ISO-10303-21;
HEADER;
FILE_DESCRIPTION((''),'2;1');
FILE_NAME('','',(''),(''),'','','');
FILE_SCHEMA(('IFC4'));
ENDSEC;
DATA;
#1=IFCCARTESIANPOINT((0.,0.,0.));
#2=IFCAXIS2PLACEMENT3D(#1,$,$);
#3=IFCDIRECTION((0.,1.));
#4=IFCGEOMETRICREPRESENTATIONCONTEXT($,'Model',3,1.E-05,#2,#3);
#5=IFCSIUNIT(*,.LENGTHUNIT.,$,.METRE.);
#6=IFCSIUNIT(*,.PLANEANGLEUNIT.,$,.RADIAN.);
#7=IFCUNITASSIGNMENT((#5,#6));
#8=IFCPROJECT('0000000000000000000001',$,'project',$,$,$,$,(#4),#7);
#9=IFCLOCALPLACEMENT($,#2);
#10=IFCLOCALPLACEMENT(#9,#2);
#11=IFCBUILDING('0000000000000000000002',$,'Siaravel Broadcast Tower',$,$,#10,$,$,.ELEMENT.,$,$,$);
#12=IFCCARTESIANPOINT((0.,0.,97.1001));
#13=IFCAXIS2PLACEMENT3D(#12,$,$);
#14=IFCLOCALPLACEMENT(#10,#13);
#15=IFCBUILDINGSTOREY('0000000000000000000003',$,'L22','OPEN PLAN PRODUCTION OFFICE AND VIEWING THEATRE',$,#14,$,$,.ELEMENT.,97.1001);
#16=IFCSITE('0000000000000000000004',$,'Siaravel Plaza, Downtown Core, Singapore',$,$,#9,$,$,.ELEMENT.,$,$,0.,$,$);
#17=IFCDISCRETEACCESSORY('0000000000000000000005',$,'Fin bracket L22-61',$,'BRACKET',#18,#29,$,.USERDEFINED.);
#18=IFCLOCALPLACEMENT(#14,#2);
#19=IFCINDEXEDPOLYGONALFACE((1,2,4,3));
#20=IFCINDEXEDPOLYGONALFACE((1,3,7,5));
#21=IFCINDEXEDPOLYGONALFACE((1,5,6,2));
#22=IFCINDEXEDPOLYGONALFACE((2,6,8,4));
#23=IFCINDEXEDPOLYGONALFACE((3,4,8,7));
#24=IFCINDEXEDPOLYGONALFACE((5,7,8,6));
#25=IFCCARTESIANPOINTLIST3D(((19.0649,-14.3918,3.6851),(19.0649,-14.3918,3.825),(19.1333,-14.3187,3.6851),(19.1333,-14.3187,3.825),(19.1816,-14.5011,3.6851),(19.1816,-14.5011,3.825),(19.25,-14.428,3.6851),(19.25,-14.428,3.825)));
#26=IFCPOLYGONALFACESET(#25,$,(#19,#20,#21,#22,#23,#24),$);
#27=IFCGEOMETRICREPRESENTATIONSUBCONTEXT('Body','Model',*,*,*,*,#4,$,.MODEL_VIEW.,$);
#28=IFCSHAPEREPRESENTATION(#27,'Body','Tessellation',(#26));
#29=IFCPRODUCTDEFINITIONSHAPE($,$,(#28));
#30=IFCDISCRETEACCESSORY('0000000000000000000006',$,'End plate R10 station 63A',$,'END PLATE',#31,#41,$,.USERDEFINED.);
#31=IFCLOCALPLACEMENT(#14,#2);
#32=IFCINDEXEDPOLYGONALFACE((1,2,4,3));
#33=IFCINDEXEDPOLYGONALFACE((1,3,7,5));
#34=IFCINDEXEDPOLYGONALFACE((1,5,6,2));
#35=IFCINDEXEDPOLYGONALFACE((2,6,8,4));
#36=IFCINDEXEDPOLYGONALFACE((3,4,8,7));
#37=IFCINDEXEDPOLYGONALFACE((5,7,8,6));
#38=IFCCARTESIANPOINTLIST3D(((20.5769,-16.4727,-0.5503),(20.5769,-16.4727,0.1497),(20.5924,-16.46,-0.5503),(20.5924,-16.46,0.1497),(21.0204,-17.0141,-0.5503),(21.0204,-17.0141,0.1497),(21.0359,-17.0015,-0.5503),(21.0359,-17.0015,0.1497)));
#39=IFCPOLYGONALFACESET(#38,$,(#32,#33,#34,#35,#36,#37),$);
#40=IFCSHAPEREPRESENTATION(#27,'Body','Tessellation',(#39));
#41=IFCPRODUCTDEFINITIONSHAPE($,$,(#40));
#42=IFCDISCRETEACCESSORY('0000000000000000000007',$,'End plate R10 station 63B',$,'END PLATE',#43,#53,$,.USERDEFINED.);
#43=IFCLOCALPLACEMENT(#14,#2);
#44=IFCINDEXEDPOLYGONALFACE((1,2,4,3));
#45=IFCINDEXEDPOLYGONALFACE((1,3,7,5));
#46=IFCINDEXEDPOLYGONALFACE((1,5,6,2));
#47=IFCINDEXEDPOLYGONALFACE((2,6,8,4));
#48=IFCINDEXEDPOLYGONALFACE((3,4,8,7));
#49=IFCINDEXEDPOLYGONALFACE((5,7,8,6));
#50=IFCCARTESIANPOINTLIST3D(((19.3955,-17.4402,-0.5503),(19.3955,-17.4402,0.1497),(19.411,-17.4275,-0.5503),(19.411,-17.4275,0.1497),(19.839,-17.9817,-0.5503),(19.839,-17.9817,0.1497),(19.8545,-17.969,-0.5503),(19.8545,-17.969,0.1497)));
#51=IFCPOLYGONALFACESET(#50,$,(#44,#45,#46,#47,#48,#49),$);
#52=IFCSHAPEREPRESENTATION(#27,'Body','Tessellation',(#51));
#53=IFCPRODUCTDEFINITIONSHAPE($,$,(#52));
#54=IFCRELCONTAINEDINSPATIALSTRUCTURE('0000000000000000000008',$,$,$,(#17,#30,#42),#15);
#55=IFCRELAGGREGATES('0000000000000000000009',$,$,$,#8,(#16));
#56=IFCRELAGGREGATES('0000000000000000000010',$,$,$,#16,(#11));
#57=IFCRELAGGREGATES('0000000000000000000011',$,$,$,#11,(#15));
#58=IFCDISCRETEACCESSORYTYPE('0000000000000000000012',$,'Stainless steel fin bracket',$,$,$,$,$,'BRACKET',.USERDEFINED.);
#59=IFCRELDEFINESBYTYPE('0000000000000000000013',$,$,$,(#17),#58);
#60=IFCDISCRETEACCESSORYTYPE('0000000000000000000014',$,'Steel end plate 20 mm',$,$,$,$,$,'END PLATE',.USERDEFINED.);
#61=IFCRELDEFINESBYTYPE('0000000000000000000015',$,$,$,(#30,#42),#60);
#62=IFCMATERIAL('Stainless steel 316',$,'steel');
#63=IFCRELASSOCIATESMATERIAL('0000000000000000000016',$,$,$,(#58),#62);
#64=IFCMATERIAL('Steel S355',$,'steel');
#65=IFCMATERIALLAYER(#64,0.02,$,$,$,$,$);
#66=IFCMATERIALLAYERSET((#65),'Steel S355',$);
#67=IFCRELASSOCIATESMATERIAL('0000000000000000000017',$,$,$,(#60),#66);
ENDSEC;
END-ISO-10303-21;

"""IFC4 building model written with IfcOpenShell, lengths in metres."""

from ifc_helpers import new_model, si_unit, direction, frame, origin, origin_2d, place, context, subcontext, project, spatial, rectangle, extrude, material, layer, layer_set, type_object, element, save


model = new_model("IFC4")

# Units and contexts
model_context = context("Model", 3, precision=1e-05, world=origin(), true_north=direction((0.0, 1.0)))
body_context = subcontext(model_context, "Body", "Model", "MODEL_VIEW")
ifc_project = project(units=[si_unit("LENGTHUNIT", "METRE"), si_unit("PLANEANGLEUNIT", "RADIAN")], contexts=[model_context])

# Site, building, storey
site_placement = place(None, origin())
site = spatial("IfcSite", under=ifc_project, at=site_placement, Name="Siaravel Plaza, Downtown Core, Singapore", CompositionType="ELEMENT", RefElevation=0.0)
building_placement = place(site_placement, origin())
building = spatial("IfcBuilding", under=site, at=building_placement, Name="Siaravel Broadcast Tower", CompositionType="ELEMENT")
storey_placement = place(building_placement, frame((0.0, 0.0, 97.1001)))
storey = spatial("IfcBuildingStorey", under=building, at=storey_placement, Name="L22", Description="OPEN PLAN PRODUCTION OFFICE AND VIEWING THEATRE", CompositionType="ELEMENT", Elevation=97.1001)

# Shared definitions
ifc_material_1 = material(Name="Steel S355", Category="steel")

# Discrete accessories
ifc_material_2 = material(Name="Stainless steel 316", Category="steel")
discrete_accessory_type_1 = type_object("IfcDiscreteAccessoryType", Name="Stainless steel fin bracket", ElementType="BRACKET", PredefinedType="USERDEFINED", material=ifc_material_2)
discrete_accessory_placement = place(storey_placement, frame((19.1575, -14.4099, 3.6851), z_axis=(0.0, 0.0, 1.0), x_axis=(0.729804, -0.683656, 0.0)))
element("IfcDiscreteAccessory", 1, at=discrete_accessory_placement, inside=storey, type_object=discrete_accessory_type_1, Name="Fin bracket L22-61", ObjectType="BRACKET", PredefinedType="USERDEFINED", context=body_context, shape_type="SweptSolid", body=[
    extrude(rectangle(XDim=0.1599, YDim=0.1001, at=origin_2d()), origin(), (0.0, 0.0, 1.0), 0.1399),
])
ifc_layer_1 = layer(ifc_material_1, 0.02)
ifc_layer_set_1 = layer_set([ifc_layer_1], Name="Steel S355")
discrete_accessory_type_2 = type_object("IfcDiscreteAccessoryType", Name="Steel end plate 20 mm", ElementType="END PLATE", PredefinedType="USERDEFINED", material=ifc_layer_set_1)
for number, where, z_axis, x_axis, name in (
    (2, (20.8064, -16.7371, -0.5503), (0.0, 0.0, 1.0), (0.773605, 0.633669, 0.0), "End plate R10 station 63A"),
    (3, (19.625, -17.7046, -0.5503), (0.0, 0.0, 1.0), (0.773605, 0.633669, 0.0), "End plate R10 station 63B"),
):
    element("IfcDiscreteAccessory", number, at=place(storey_placement, frame(where, z_axis=z_axis, x_axis=x_axis)), inside=storey, type_object=discrete_accessory_type_2, Name=name, ObjectType="END PLATE", PredefinedType="USERDEFINED", context=body_context, shape_type="SweptSolid", body=[
        extrude(rectangle(XDim=0.02, YDim=0.7, at=origin_2d()), origin(), (0.0, 0.0, 1.0), 0.7),
    ])

save(model, "model.ifc")
